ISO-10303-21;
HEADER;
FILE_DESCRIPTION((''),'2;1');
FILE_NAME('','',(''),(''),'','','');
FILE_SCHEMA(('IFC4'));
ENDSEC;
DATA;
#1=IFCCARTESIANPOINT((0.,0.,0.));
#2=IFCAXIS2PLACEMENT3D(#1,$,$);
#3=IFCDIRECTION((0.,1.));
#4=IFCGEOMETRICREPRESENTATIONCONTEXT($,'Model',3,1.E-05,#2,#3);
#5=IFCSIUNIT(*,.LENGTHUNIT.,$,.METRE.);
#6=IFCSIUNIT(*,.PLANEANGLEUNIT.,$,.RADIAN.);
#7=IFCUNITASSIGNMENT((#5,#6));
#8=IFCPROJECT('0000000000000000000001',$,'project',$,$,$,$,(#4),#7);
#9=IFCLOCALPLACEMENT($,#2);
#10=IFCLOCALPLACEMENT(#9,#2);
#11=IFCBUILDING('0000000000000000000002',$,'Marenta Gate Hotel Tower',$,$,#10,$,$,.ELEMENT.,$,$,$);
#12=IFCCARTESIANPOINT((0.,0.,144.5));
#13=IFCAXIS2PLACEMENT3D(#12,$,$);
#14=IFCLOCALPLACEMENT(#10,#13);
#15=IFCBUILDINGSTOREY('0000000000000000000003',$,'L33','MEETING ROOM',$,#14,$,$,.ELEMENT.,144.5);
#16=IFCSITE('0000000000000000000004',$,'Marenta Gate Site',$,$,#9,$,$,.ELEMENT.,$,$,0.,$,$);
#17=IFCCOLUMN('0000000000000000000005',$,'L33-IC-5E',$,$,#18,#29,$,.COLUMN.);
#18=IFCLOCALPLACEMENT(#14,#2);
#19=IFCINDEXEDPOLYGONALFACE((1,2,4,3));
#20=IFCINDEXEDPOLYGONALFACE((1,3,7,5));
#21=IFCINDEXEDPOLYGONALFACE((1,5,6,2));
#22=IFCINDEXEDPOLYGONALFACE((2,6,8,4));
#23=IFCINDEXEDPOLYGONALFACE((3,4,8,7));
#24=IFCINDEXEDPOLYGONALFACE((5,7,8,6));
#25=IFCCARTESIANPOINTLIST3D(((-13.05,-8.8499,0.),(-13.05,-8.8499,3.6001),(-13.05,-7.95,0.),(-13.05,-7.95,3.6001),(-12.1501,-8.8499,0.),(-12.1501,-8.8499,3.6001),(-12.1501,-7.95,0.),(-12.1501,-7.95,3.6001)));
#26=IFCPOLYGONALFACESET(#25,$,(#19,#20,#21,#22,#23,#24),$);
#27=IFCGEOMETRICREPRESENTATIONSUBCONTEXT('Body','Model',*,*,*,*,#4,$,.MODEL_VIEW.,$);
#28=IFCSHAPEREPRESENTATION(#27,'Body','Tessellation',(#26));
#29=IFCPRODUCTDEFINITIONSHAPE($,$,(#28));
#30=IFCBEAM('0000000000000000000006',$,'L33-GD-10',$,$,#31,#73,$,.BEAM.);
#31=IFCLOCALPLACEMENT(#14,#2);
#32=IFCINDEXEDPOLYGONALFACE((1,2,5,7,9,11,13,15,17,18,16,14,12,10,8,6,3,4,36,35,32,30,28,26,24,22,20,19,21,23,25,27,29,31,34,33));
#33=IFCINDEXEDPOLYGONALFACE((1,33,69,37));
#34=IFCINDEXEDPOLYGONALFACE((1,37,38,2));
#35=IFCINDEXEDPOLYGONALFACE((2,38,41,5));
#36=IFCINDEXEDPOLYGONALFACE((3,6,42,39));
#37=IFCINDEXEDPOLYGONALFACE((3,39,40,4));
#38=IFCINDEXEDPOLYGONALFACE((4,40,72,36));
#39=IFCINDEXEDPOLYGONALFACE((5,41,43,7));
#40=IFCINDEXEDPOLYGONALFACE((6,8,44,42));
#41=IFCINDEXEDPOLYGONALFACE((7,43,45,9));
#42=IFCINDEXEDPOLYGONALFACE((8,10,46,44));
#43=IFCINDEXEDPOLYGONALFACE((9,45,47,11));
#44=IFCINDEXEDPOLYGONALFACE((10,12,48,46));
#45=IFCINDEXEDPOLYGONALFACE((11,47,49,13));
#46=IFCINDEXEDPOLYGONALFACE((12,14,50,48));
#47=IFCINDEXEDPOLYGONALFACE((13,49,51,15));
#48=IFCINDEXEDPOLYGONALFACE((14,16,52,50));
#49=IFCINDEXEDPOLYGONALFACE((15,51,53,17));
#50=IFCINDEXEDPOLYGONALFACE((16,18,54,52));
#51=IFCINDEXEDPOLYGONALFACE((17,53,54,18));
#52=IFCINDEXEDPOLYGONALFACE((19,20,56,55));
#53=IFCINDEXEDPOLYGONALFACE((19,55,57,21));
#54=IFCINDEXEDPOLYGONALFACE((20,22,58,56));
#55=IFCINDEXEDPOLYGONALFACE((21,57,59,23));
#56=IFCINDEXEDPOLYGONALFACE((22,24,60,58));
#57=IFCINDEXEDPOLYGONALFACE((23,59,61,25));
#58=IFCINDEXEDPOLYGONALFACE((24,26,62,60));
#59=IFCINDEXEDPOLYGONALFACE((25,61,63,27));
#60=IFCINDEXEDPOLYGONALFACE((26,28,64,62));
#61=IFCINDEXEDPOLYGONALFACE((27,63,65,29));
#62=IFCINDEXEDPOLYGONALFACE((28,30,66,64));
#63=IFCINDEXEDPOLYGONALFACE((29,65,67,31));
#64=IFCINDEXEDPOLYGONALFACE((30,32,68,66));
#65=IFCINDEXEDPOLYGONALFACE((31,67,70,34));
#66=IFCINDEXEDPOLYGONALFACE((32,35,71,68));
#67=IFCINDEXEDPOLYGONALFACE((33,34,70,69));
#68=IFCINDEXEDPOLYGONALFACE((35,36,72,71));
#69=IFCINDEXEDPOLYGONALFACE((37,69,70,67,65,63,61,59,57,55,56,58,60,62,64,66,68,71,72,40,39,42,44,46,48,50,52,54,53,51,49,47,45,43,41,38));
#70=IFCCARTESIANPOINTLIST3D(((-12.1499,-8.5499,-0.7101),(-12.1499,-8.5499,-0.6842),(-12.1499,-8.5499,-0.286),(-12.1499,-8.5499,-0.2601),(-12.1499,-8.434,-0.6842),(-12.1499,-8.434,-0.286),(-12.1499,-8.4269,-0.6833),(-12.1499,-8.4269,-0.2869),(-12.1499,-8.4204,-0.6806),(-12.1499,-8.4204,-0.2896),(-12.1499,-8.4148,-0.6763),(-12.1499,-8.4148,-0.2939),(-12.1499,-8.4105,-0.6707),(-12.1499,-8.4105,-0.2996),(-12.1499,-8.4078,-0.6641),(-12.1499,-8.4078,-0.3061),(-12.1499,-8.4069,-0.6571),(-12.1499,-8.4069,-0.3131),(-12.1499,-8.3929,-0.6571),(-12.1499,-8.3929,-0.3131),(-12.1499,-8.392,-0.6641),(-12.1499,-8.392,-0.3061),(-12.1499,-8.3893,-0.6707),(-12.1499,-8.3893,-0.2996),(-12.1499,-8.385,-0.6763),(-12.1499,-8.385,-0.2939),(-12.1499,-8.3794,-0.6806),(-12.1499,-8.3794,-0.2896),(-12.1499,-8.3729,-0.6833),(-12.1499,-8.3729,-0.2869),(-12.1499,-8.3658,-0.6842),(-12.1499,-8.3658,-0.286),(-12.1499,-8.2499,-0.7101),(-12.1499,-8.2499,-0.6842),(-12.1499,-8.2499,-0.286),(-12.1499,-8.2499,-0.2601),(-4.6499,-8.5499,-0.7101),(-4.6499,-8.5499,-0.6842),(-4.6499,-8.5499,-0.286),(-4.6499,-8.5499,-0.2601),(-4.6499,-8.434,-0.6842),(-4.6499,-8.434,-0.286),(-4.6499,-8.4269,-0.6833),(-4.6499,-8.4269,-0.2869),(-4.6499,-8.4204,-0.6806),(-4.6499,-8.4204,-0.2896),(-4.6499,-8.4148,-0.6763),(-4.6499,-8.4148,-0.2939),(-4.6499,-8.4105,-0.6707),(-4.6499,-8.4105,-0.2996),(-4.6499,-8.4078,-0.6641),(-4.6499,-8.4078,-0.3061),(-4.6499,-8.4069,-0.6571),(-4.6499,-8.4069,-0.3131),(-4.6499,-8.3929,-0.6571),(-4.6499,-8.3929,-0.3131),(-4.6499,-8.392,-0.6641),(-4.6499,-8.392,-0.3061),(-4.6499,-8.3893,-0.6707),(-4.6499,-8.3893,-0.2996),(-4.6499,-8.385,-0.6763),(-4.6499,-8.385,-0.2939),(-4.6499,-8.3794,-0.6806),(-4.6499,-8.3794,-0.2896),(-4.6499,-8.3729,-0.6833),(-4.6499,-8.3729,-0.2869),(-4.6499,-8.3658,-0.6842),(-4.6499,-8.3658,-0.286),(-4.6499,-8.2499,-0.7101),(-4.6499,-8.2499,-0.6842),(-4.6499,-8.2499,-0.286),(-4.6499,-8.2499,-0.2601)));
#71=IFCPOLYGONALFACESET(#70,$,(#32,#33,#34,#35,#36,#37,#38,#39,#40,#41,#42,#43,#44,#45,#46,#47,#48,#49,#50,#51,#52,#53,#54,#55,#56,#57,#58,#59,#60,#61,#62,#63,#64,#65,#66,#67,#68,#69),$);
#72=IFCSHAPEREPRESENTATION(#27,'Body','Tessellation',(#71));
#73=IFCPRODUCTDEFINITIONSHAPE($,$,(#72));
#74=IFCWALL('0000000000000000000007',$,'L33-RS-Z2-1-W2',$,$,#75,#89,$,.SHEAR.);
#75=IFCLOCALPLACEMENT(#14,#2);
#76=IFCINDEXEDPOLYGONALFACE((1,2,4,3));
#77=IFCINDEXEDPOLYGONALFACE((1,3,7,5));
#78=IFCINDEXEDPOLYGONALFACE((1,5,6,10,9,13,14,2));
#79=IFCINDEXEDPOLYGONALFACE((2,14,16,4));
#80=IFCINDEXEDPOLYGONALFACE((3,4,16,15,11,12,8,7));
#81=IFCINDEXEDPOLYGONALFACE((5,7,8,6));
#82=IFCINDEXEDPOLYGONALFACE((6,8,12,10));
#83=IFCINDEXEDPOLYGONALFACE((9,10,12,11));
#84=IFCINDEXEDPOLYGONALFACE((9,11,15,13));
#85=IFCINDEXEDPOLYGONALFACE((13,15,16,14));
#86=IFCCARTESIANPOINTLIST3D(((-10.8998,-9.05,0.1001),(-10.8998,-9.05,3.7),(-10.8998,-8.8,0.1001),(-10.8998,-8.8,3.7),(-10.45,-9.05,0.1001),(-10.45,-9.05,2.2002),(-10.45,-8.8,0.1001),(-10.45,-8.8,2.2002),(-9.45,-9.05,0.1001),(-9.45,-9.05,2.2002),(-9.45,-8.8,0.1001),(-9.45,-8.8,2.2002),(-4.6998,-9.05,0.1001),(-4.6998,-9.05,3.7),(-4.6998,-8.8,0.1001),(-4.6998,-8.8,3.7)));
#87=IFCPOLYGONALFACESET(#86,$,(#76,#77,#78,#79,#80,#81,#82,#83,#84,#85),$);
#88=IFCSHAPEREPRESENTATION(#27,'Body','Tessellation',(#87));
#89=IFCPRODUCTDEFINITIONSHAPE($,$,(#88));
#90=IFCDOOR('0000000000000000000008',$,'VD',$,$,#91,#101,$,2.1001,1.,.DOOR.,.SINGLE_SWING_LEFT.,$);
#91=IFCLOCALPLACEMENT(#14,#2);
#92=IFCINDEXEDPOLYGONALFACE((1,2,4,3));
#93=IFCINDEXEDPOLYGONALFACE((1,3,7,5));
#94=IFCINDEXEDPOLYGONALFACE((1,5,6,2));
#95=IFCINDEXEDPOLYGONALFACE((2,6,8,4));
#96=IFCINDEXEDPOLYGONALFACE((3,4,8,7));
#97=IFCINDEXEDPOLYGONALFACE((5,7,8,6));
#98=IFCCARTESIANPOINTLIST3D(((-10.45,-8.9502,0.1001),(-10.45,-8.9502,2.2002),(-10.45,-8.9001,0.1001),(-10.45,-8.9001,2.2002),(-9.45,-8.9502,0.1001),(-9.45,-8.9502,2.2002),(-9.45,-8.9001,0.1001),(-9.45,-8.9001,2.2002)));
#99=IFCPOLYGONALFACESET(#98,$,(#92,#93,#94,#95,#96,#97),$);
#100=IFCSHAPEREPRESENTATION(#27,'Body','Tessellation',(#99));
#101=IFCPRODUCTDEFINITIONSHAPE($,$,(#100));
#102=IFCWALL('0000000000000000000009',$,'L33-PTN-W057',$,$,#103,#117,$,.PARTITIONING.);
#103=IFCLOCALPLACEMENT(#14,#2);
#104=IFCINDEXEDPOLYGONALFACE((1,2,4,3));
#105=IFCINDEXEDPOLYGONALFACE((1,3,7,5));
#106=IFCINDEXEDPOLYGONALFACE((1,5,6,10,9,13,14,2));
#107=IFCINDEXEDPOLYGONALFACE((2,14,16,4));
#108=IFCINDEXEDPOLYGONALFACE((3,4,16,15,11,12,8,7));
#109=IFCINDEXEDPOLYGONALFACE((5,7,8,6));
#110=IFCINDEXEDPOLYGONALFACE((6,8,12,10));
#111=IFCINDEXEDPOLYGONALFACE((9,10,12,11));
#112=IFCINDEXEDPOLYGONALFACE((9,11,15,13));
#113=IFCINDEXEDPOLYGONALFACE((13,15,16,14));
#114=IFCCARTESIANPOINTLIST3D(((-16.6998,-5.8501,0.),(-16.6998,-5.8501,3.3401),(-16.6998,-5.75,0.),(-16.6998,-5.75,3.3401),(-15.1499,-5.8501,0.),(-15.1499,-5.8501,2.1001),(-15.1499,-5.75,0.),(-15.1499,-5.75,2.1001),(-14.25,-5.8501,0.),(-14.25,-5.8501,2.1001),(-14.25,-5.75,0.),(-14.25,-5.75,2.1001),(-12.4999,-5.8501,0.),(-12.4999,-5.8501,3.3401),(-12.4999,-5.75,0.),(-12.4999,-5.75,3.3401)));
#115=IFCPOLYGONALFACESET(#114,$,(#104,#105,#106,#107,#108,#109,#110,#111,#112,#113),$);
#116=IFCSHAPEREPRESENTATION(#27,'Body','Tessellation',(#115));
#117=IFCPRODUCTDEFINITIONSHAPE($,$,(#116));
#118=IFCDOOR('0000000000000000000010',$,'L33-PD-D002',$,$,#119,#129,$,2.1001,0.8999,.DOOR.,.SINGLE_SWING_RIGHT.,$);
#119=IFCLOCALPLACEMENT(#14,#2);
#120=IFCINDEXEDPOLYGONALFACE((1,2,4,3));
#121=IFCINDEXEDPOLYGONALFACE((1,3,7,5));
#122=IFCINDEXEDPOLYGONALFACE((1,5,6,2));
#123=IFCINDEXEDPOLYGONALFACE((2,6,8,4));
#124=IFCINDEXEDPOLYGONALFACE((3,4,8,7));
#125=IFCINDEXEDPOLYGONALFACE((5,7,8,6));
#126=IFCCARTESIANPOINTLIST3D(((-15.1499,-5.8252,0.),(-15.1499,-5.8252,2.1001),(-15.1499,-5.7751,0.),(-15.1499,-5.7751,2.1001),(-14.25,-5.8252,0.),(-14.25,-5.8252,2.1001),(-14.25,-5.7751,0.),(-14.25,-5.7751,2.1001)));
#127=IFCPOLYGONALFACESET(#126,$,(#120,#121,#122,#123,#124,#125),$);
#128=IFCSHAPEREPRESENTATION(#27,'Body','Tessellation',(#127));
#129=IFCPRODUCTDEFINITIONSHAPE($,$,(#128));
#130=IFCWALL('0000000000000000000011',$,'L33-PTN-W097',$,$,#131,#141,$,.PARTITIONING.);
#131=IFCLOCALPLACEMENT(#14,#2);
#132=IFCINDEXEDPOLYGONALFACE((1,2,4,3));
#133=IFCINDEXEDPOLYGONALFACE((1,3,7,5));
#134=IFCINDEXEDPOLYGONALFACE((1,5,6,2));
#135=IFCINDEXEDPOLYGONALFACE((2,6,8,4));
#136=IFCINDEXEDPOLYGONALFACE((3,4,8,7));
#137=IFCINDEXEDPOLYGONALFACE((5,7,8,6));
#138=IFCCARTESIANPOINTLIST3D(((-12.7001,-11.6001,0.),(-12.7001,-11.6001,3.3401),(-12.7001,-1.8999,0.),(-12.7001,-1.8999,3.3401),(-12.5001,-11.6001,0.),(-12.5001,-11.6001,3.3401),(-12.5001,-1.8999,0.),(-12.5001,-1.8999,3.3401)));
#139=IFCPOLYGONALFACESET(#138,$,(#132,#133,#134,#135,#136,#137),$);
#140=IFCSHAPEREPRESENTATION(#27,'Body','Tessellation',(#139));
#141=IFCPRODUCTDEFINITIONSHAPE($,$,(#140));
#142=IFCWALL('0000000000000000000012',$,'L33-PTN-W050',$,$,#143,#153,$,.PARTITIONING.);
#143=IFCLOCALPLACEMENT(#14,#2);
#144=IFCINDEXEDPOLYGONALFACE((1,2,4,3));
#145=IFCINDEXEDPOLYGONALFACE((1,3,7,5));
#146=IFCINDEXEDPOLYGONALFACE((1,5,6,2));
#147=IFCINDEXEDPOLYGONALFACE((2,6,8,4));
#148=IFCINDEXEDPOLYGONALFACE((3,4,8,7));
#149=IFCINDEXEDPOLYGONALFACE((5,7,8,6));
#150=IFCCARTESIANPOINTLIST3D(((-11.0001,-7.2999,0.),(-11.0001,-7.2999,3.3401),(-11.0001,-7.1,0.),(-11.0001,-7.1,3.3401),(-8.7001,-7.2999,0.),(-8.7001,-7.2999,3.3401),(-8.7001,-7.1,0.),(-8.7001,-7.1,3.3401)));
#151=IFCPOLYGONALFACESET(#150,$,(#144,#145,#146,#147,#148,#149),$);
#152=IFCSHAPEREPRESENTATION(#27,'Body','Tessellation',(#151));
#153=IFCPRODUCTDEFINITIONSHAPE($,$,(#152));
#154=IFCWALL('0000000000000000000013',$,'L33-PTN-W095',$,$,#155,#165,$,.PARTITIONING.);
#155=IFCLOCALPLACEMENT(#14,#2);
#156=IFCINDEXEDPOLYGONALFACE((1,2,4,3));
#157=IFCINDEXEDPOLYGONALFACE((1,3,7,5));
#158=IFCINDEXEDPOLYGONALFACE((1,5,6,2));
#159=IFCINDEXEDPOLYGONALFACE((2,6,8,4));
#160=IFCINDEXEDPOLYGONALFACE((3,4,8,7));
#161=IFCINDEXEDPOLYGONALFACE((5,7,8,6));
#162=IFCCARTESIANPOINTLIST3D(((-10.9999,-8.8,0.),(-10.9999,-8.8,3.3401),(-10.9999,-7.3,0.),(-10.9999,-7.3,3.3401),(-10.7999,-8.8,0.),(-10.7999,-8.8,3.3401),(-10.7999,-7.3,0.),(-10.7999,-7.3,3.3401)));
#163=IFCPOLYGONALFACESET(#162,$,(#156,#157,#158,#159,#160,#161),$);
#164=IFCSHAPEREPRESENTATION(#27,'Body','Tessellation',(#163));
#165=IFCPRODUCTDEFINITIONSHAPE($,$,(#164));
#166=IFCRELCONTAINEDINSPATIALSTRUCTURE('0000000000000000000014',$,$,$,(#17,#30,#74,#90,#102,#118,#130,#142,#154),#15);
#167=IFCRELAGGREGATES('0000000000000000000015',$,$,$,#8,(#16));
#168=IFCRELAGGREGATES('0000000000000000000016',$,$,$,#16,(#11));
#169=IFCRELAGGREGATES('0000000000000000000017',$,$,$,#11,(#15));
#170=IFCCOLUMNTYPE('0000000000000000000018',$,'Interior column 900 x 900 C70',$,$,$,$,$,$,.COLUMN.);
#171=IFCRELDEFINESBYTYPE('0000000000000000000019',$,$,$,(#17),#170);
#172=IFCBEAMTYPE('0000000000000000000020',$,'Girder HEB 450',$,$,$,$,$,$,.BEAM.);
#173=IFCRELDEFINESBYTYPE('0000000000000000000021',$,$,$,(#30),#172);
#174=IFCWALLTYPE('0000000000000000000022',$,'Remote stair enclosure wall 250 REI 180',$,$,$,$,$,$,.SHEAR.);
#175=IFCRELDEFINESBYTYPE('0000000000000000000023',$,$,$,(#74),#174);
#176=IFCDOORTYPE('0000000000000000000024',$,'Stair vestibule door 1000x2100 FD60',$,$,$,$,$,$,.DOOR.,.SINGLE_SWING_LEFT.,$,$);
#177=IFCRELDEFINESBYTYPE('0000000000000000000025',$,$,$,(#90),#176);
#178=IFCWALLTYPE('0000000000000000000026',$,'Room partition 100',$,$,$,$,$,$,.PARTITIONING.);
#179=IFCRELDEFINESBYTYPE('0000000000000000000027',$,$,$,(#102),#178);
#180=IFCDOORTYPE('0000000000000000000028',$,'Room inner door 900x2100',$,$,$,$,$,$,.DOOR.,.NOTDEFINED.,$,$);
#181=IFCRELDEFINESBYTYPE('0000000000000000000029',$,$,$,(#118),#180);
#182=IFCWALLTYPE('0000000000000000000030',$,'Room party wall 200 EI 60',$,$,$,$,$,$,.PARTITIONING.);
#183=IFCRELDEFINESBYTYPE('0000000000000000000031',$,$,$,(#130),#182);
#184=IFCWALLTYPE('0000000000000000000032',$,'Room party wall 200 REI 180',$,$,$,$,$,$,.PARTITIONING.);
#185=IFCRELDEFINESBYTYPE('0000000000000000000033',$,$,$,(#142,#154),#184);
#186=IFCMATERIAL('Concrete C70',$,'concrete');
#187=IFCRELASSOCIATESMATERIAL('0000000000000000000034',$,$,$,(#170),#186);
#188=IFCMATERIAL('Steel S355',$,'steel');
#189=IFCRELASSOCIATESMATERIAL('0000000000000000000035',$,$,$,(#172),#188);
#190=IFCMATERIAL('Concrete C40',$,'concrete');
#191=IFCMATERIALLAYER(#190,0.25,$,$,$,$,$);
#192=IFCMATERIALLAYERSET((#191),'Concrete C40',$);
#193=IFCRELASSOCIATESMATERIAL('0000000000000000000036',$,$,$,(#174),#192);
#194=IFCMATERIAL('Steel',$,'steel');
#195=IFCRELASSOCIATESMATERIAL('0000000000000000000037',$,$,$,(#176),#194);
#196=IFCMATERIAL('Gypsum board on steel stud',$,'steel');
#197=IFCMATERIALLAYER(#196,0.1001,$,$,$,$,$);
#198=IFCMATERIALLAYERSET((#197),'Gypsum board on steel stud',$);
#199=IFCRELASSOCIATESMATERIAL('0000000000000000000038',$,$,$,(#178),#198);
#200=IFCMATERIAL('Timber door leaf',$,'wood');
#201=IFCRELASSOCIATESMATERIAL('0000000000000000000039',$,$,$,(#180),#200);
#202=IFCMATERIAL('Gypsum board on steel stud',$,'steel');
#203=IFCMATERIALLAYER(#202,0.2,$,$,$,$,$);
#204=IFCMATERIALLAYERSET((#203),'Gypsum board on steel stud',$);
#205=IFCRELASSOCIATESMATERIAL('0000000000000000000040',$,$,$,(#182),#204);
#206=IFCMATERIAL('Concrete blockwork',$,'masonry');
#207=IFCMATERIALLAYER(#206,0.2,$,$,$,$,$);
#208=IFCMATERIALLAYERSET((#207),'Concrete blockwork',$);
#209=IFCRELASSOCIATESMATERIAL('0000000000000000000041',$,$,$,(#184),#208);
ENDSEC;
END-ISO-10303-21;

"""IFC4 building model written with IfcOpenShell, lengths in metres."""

from ifc_helpers import new_model, si_unit, direction, frame, frame_2d, origin, origin_2d, place, context, subcontext, project, spatial, rectangle, i_section, extrude, material, layer, layer_set, material_profile, profile_set, type_object, element, fill, save


model = new_model("IFC4")

# Units and contexts
model_context = context("Model", 3, precision=1e-05, world=origin(), true_north=direction((0.0, 1.0)))
body_context = subcontext(model_context, "Body", "Model", "MODEL_VIEW")
ifc_project = project(units=[si_unit("LENGTHUNIT", "METRE"), si_unit("PLANEANGLEUNIT", "RADIAN")], contexts=[model_context])

# Site, building, storey
site_placement = place(None, origin())
site = spatial("IfcSite", under=ifc_project, at=site_placement, Name="Marenta Gate Site", CompositionType="ELEMENT", RefElevation=0.0)
building_placement = place(site_placement, origin())
building = spatial("IfcBuilding", under=site, at=building_placement, Name="Marenta Gate Hotel Tower", CompositionType="ELEMENT")
storey_placement = place(building_placement, frame((0.0, 0.0, 144.5)))
storey = spatial("IfcBuildingStorey", under=building, at=storey_placement, Name="L33", Description="MEETING ROOM", CompositionType="ELEMENT", Elevation=144.5)

# Column
ifc_material_1 = material(Name="Concrete C70", Category="concrete")
ifc_material_profile_1 = material_profile(ifc_material_1, rectangle(XDim=0.8999, YDim=0.8999, at=origin_2d()), Name="900 x 900")
ifc_profile_set_1 = profile_set([ifc_material_profile_1], Name="Concrete C70")
column_type = type_object("IfcColumnType", Name="Interior column 900 x 900 C70", PredefinedType="COLUMN", material=ifc_profile_set_1)
column_placement = place(storey_placement, frame((-12.6001, -8.3999, 0.0), z_axis=(0.0, 0.0, 1.0), x_axis=(1.0, 0.0, 0.0)))
element("IfcColumn", 1, at=column_placement, inside=storey, type_object=column_type, Name="L33-IC-5E", PredefinedType="COLUMN", context=body_context, shape_type="SweptSolid", body=[
    extrude(rectangle(XDim=0.8999, YDim=0.8999, at=origin_2d()), origin(), (0.0, 0.0, 1.0), 3.6001),
])

# Beam
ifc_material_2 = material(Name="Steel S355", Category="steel")
ifc_material_profile_2 = material_profile(ifc_material_2, i_section(OverallWidth=0.3, OverallDepth=0.45, WebThickness=0.0139, FlangeThickness=0.0259, FilletRadius=0.0271, at=origin_2d()), Name="HEB 450")
ifc_profile_set_2 = profile_set([ifc_material_profile_2], Name="Steel S355")
beam_type = type_object("IfcBeamType", Name="Girder HEB 450", PredefinedType="BEAM", material=ifc_profile_set_2)
beam_placement = place(storey_placement, frame((-12.1499, -8.3999, -0.4851), z_axis=(1.0, 0.0, 0.0), x_axis=(0.0, 1.0, 0.0)))
element("IfcBeam", 2, at=beam_placement, inside=storey, type_object=beam_type, Name="L33-GD-10", PredefinedType="BEAM", context=body_context, shape_type="SweptSolid", body=[
    extrude(i_section(OverallWidth=0.3, OverallDepth=0.45, WebThickness=0.0139, FlangeThickness=0.0259, FilletRadius=0.0271, at=origin_2d()), origin(), (0.0, 0.0, 1.0), 7.5),
])

# Walls, openings, doors
ifc_material_3 = material(Name="Concrete C40", Category="concrete")
ifc_layer_1 = layer(ifc_material_3, 0.25)
ifc_layer_set_1 = layer_set([ifc_layer_1], Name="Concrete C40")
wall_type_1 = type_object("IfcWallType", Name="Remote stair enclosure wall 250 REI 180", PredefinedType="SHEAR", material=ifc_layer_set_1)
wall_1_placement = place(storey_placement, frame((-10.8999, -8.925, 0.1001), z_axis=(0.0, 0.0, 1.0), x_axis=(1.0, 0.0, 0.0)))
wall_1 = element("IfcWall", 3, at=wall_1_placement, inside=storey, type_object=wall_type_1, Name="L33-RS-Z2-1-W2", PredefinedType="SHEAR", context=body_context, shape_type="SweptSolid", body=[
    extrude(rectangle(XDim=6.2, YDim=0.25, at=frame_2d((3.1001, 0.0))), origin(), (0.0, 0.0, 1.0), 3.5999),
])
opening_1_placement = place(wall_1_placement, frame((0.45, 0.0, 0.0)))
opening_1 = element("IfcOpeningElement", 4, at=opening_1_placement, cuts=wall_1, PredefinedType="OPENING", context=body_context, shape_type="SweptSolid", body=[
    extrude(rectangle(XDim=1.0, YDim=2.1001, at=frame_2d((0.5, 1.05))), frame((0.0, 0.125, 0.0), z_axis=(0.0, -1.0, 0.0), x_axis=(1.0, 0.0, 0.0)), (0.0, 0.0, 1.0), 0.25),
])
ifc_material_4 = material(Name="Steel", Category="steel")
door_type_1 = type_object("IfcDoorType", Name="Stair vestibule door 1000x2100 FD60", OperationType="SINGLE_SWING_LEFT", PredefinedType="DOOR", material=ifc_material_4)
door_1_placement = place(opening_1_placement, origin())
door_1 = element("IfcDoor", 5, at=door_1_placement, inside=storey, type_object=door_type_1, Name="VD", OperationType="SINGLE_SWING_LEFT", OverallHeight=2.1001, OverallWidth=1.0, PredefinedType="DOOR", context=body_context, shape_type="SweptSolid", body=[
    extrude(rectangle(XDim=1.0, YDim=2.1001, at=frame_2d((0.5, 1.05))), frame((0.0, 0.0249, 0.0), z_axis=(0.0, -1.0, 0.0), x_axis=(1.0, 0.0, 0.0)), (0.0, 0.0, 1.0), 0.05),
])
fill(opening_1, door_1)
ifc_material_5 = material(Name="Gypsum board on steel stud", Category="steel")
ifc_layer_2 = layer(ifc_material_5, 0.1001)
ifc_layer_set_2 = layer_set([ifc_layer_2], Name="Gypsum board on steel stud")
wall_type_2 = type_object("IfcWallType", Name="Room partition 100", PredefinedType="PARTITIONING", material=ifc_layer_set_2)
wall_2_placement = place(storey_placement, frame((-16.7, -5.8, 0.0), z_axis=(0.0, 0.0, 1.0), x_axis=(1.0, 0.0, 0.0)))
wall_2 = element("IfcWall", 6, at=wall_2_placement, inside=storey, type_object=wall_type_2, Name="L33-PTN-W057", PredefinedType="PARTITIONING", context=body_context, shape_type="SweptSolid", body=[
    extrude(rectangle(XDim=4.2, YDim=0.1001, at=frame_2d((2.1001, 0.0))), origin(), (0.0, 0.0, 1.0), 3.3401),
])
opening_2_placement = place(wall_2_placement, frame((1.55, 0.0, 0.0)))
opening_2 = element("IfcOpeningElement", 7, at=opening_2_placement, cuts=wall_2, PredefinedType="OPENING", context=body_context, shape_type="SweptSolid", body=[
    extrude(rectangle(XDim=0.8999, YDim=2.1001, at=frame_2d((0.45, 1.05))), frame((0.0, 0.05, 0.0), z_axis=(0.0, -1.0, 0.0), x_axis=(1.0, 0.0, 0.0)), (0.0, 0.0, 1.0), 0.1001),
])
ifc_material_6 = material(Name="Timber door leaf", Category="wood")
door_type_2 = type_object("IfcDoorType", Name="Room inner door 900x2100", OperationType="NOTDEFINED", PredefinedType="DOOR", material=ifc_material_6)
door_2_placement = place(opening_2_placement, origin())
door_2 = element("IfcDoor", 8, at=door_2_placement, inside=storey, type_object=door_type_2, Name="L33-PD-D002", OperationType="SINGLE_SWING_RIGHT", OverallHeight=2.1001, OverallWidth=0.8999, PredefinedType="DOOR", context=body_context, shape_type="SweptSolid", body=[
    extrude(rectangle(XDim=0.8999, YDim=2.1001, at=frame_2d((0.45, 1.05))), frame((0.0, 0.0249, 0.0), z_axis=(0.0, -1.0, 0.0), x_axis=(1.0, 0.0, 0.0)), (0.0, 0.0, 1.0), 0.05),
])
fill(opening_2, door_2)

# Walls
ifc_material_7 = material(Name="Gypsum board on steel stud", Category="steel")
ifc_layer_3 = layer(ifc_material_7, 0.2)
ifc_layer_set_3 = layer_set([ifc_layer_3], Name="Gypsum board on steel stud")
wall_type_3 = type_object("IfcWallType", Name="Room party wall 200 EI 60", PredefinedType="PARTITIONING", material=ifc_layer_set_3)
wall_3_placement = place(storey_placement, frame((-12.6001, -11.6001, 0.0), z_axis=(0.0, 0.0, 1.0), x_axis=(0.0, 1.0, 0.0)))
element("IfcWall", 9, at=wall_3_placement, inside=storey, type_object=wall_type_3, Name="L33-PTN-W097", PredefinedType="PARTITIONING", context=body_context, shape_type="SweptSolid", body=[
    extrude(rectangle(XDim=9.7002, YDim=0.2, at=frame_2d((4.8501, 0.0))), origin(), (0.0, 0.0, 1.0), 3.3401),
])
ifc_material_8 = material(Name="Concrete blockwork", Category="masonry")
ifc_layer_4 = layer(ifc_material_8, 0.2)
ifc_layer_set_4 = layer_set([ifc_layer_4], Name="Concrete blockwork")
wall_type_4 = type_object("IfcWallType", Name="Room party wall 200 REI 180", PredefinedType="PARTITIONING", material=ifc_layer_set_4)
wall_4_placement = place(storey_placement, frame((-11.0, -7.2, 0.0), z_axis=(0.0, 0.0, 1.0), x_axis=(1.0, 0.0, 0.0)))
element("IfcWall", 10, at=wall_4_placement, inside=storey, type_object=wall_type_4, Name="L33-PTN-W050", PredefinedType="PARTITIONING", context=body_context, shape_type="SweptSolid", body=[
    extrude(rectangle(XDim=2.3, YDim=0.2, at=frame_2d((1.1499, 0.0))), origin(), (0.0, 0.0, 1.0), 3.3401),
])
wall_5_placement = place(storey_placement, frame((-10.8999, -8.8, 0.0), z_axis=(0.0, 0.0, 1.0), x_axis=(0.0, 1.0, 0.0)))
element("IfcWall", 11, at=wall_5_placement, inside=storey, type_object=wall_type_4, Name="L33-PTN-W095", PredefinedType="PARTITIONING", context=body_context, shape_type="SweptSolid", body=[
    extrude(rectangle(XDim=1.5, YDim=0.2, at=frame_2d((0.75, 0.0))), origin(), (0.0, 0.0, 1.0), 3.3401),
])

save(model, "model.ifc")
